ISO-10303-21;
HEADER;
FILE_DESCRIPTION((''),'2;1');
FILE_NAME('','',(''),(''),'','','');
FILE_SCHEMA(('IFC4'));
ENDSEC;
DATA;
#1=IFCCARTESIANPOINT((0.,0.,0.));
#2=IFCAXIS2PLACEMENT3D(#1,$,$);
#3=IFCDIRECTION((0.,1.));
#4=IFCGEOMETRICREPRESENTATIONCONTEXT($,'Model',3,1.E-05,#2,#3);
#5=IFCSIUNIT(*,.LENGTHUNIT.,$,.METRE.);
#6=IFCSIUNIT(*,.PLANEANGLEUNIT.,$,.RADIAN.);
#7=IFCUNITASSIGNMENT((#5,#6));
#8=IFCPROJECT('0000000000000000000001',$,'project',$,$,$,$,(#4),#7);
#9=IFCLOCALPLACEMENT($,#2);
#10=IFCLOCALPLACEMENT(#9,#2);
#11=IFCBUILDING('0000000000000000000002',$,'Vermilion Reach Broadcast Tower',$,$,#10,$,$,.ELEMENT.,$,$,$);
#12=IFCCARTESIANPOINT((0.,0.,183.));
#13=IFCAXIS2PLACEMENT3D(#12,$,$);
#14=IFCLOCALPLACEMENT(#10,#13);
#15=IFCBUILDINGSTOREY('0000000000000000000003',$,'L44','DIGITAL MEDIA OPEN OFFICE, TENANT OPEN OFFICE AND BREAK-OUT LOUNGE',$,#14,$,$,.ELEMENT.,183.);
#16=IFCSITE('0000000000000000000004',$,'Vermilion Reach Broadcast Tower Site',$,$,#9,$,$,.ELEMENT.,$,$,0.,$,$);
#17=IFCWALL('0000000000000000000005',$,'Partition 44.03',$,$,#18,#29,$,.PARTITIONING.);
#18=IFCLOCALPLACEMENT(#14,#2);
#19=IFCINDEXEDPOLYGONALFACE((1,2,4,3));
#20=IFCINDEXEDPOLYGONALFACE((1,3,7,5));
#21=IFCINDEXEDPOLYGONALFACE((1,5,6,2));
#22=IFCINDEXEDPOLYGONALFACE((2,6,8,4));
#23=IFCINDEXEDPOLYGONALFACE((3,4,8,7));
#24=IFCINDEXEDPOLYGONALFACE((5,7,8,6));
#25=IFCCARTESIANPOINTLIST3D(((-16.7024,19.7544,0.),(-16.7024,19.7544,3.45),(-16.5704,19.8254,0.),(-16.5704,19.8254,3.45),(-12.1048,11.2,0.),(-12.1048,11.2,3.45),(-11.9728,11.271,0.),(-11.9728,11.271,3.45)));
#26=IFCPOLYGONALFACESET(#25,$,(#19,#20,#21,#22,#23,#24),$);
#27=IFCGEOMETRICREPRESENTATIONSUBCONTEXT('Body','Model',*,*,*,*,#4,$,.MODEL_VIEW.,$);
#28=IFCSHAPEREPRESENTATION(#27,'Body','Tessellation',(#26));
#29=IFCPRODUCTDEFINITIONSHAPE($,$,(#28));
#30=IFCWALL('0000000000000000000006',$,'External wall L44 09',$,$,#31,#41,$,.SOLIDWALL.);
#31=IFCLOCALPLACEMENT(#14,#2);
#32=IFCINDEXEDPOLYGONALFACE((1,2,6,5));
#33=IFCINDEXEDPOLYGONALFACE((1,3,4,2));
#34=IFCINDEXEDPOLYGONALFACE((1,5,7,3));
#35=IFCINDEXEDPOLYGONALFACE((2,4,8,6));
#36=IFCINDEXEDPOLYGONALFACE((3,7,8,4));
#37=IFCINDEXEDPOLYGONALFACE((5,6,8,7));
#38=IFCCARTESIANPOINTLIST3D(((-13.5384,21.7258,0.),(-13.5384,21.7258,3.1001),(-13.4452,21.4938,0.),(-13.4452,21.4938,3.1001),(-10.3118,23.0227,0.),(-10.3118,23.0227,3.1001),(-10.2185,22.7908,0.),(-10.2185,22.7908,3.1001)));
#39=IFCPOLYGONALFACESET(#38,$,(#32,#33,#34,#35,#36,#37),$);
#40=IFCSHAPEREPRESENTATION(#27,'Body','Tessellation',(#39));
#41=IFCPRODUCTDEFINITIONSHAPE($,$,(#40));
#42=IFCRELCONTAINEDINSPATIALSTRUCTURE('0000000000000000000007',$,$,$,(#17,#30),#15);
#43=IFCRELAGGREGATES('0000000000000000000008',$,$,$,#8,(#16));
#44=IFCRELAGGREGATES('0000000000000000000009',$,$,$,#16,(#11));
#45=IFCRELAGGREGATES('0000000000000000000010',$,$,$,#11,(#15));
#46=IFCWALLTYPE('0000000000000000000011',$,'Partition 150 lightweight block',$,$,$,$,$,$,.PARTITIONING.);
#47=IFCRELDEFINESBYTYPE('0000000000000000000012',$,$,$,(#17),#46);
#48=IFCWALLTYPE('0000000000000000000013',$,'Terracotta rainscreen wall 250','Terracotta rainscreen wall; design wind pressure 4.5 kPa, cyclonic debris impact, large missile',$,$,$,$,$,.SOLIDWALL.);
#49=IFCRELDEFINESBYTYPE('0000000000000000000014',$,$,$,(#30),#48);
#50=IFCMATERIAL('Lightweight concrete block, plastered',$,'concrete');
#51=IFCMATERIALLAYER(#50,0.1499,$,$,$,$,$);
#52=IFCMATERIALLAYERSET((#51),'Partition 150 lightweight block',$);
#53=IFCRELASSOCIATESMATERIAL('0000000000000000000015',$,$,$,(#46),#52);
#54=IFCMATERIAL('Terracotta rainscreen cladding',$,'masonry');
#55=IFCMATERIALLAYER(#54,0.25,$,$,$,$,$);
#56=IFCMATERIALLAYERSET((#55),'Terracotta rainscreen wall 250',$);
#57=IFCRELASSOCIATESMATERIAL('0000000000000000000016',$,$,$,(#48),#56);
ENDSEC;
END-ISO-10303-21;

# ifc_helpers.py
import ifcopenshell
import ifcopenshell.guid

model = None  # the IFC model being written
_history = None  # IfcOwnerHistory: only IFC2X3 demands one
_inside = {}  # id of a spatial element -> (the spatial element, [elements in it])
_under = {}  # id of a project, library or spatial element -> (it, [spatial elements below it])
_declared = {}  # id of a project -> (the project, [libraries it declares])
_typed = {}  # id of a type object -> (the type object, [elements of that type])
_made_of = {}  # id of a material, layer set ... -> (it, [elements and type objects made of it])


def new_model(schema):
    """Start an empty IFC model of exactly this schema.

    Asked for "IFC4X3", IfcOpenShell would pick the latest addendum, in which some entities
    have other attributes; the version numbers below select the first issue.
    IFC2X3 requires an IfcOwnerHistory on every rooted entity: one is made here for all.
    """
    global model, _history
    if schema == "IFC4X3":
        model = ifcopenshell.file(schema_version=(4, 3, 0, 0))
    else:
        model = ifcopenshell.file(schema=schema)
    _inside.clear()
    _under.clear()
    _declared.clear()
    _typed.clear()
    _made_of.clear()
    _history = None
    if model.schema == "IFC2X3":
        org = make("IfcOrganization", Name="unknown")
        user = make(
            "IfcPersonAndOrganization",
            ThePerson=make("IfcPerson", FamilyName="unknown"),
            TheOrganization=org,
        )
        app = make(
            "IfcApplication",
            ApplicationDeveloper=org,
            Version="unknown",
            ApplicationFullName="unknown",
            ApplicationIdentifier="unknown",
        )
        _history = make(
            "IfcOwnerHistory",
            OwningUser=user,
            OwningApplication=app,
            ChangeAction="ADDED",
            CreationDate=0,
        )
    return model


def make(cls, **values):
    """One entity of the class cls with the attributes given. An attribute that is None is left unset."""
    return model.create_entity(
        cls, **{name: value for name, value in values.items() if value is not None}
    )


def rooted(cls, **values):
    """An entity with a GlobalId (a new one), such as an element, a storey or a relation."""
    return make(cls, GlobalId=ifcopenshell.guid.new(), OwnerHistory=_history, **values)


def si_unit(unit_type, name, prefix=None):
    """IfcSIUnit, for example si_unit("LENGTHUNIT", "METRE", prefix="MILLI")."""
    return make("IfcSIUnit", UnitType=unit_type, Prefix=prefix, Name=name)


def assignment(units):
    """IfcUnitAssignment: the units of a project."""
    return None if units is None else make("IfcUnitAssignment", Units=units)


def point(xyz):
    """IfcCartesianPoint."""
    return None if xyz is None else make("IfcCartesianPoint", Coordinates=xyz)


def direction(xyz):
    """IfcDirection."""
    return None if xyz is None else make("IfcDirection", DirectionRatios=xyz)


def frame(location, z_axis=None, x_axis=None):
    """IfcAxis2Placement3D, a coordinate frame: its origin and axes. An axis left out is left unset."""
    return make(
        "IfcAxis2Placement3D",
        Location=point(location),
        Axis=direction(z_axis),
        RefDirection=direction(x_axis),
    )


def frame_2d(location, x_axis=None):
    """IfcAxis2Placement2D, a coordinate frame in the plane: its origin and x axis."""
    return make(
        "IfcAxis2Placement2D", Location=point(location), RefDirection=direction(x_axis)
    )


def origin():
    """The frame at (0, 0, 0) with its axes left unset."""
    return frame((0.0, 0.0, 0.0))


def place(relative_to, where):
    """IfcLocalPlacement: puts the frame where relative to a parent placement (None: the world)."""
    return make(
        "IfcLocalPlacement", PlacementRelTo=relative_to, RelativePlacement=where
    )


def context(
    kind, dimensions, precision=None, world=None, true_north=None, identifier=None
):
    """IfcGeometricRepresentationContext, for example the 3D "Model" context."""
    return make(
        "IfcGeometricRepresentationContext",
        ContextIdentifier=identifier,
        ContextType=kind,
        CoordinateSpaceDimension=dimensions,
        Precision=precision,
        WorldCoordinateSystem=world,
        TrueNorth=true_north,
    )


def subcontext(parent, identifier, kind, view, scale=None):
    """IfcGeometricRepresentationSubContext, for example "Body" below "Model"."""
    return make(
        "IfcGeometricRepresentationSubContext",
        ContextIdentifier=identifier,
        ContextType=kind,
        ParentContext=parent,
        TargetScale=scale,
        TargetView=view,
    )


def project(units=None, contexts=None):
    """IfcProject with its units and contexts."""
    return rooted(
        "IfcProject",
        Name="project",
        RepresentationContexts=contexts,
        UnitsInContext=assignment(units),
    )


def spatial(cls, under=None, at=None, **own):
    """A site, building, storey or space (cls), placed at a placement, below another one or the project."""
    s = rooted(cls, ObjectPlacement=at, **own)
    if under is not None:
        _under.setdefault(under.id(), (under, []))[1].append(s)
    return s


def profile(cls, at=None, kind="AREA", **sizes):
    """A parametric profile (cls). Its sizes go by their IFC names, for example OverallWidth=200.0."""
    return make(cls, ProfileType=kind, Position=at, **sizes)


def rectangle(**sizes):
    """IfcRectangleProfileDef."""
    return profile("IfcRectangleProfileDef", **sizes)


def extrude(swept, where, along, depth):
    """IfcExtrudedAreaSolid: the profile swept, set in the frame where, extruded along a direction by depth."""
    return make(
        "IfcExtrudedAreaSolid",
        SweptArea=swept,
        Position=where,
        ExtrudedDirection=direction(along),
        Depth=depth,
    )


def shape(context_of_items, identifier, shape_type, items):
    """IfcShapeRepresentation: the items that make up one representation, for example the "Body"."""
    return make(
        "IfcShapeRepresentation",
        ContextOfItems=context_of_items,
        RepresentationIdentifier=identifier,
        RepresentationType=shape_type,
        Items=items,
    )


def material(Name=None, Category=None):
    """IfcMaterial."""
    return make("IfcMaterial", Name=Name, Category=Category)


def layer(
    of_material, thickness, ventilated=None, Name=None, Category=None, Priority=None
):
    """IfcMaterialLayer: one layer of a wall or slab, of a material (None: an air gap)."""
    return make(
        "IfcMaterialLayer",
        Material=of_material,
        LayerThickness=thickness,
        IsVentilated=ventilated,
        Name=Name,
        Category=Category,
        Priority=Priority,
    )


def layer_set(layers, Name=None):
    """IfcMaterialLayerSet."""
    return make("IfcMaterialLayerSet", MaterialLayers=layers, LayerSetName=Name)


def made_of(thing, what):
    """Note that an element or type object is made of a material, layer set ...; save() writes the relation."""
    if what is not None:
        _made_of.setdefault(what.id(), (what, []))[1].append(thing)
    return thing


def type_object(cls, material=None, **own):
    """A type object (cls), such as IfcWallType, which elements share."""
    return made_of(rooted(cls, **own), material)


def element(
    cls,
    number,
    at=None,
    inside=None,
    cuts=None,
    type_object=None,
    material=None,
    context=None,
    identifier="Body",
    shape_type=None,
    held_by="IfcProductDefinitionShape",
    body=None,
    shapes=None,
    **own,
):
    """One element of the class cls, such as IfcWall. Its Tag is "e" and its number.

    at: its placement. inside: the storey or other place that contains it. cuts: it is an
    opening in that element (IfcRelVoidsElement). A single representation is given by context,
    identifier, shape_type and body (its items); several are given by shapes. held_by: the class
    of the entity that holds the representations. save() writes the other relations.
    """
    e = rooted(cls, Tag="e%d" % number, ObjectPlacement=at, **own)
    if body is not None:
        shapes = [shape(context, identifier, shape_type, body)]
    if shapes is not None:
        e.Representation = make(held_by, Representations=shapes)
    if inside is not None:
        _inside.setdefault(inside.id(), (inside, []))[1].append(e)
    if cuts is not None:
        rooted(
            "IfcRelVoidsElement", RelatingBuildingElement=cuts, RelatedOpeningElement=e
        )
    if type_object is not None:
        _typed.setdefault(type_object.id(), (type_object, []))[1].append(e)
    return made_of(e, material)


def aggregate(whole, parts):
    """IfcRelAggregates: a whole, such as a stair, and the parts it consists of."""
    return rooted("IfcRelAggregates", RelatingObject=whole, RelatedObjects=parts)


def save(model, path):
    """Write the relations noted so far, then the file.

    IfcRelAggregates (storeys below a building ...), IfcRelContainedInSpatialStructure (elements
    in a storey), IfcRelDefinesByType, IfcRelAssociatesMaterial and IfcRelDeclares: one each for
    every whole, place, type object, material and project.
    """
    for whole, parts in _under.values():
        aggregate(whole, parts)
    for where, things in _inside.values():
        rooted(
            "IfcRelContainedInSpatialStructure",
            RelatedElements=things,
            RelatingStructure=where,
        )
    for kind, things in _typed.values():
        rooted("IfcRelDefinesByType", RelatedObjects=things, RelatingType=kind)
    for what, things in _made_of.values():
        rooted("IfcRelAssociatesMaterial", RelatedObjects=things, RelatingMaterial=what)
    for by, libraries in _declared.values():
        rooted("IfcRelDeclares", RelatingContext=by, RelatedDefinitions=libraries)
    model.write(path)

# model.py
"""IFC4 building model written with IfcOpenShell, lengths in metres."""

from ifc_helpers import new_model, si_unit, direction, frame, frame_2d, origin, place, context, subcontext, project, spatial, rectangle, extrude, material, layer, layer_set, type_object, element, save


model = new_model("IFC4")

# Units and contexts
model_context = context("Model", 3, precision=1e-05, world=origin(), true_north=direction((0.0, 1.0)))
body_context = subcontext(model_context, "Body", "Model", "MODEL_VIEW")
ifc_project = project(units=[si_unit("LENGTHUNIT", "METRE"), si_unit("PLANEANGLEUNIT", "RADIAN")], contexts=[model_context])

# Site, building, storey
site_placement = place(None, origin())
site = spatial("IfcSite", under=ifc_project, at=site_placement, Name="Vermilion Reach Broadcast Tower Site", CompositionType="ELEMENT", RefElevation=0.0)
building_placement = place(site_placement, origin())
building = spatial("IfcBuilding", under=site, at=building_placement, Name="Vermilion Reach Broadcast Tower", CompositionType="ELEMENT")
storey_placement = place(building_placement, frame((0.0, 0.0, 183.0)))
storey = spatial("IfcBuildingStorey", under=building, at=storey_placement, Name="L44", Description="DIGITAL MEDIA OPEN OFFICE, TENANT OPEN OFFICE AND BREAK-OUT LOUNGE", CompositionType="ELEMENT", Elevation=183.0)

# Wall
ifc_material_1 = material(Name="Lightweight concrete block, plastered", Category="concrete")
ifc_layer_1 = layer(ifc_material_1, 0.1499)
ifc_layer_set_1 = layer_set([ifc_layer_1], Name="Partition 150 lightweight block")
wall_type_1 = type_object("IfcWallType", Name="Partition 150 lightweight block", PredefinedType="PARTITIONING", material=ifc_layer_set_1)
wall_1_placement = place(storey_placement, frame((-16.6365, 19.79, 0.0), z_axis=(0.0, 0.0, 1.0), x_axis=(0.473415, -0.88084, 0.0)))
element("IfcWall", 1, at=wall_1_placement, inside=storey, type_object=wall_type_1, Name="Partition 44.03", PredefinedType="PARTITIONING", context=body_context, shape_type="SweptSolid", body=[
    extrude(rectangle(XDim=9.7117, YDim=0.1499, at=frame_2d((4.856, 0.0))), origin(), (0.0, 0.0, 1.0), 3.45),
])

# Shared definitions
ifc_material_2 = material(Name="Terracotta rainscreen cladding", Category="masonry")
ifc_layer_2 = layer(ifc_material_2, 0.25)
ifc_layer_set_2 = layer_set([ifc_layer_2], Name="Terracotta rainscreen wall 250")
wall_type_2 = type_object("IfcWallType", Name="Terracotta rainscreen wall 250", Description="Terracotta rainscreen wall; design wind pressure 4.5 kPa, cyclonic debris impact, large missile", PredefinedType="SOLIDWALL", material=ifc_layer_set_2)

# Wall
wall_2_placement = place(storey_placement, frame((-10.2651, 22.9067, 0.0), z_axis=(0.0, 0.0, 1.0), x_axis=(-0.927856, -0.37294, 0.0)))
element("IfcWall", 2, at=wall_2_placement, inside=storey, type_object=wall_type_2, Name="External wall L44 09", PredefinedType="SOLIDWALL", context=body_context, shape_type="SweptSolid", body=[
    extrude(rectangle(XDim=3.4775, YDim=0.25, at=frame_2d((1.7388, 0.0))), origin(), (0.0, 0.0, 1.0), 3.1001),
])

save(model, "model.ifc")
